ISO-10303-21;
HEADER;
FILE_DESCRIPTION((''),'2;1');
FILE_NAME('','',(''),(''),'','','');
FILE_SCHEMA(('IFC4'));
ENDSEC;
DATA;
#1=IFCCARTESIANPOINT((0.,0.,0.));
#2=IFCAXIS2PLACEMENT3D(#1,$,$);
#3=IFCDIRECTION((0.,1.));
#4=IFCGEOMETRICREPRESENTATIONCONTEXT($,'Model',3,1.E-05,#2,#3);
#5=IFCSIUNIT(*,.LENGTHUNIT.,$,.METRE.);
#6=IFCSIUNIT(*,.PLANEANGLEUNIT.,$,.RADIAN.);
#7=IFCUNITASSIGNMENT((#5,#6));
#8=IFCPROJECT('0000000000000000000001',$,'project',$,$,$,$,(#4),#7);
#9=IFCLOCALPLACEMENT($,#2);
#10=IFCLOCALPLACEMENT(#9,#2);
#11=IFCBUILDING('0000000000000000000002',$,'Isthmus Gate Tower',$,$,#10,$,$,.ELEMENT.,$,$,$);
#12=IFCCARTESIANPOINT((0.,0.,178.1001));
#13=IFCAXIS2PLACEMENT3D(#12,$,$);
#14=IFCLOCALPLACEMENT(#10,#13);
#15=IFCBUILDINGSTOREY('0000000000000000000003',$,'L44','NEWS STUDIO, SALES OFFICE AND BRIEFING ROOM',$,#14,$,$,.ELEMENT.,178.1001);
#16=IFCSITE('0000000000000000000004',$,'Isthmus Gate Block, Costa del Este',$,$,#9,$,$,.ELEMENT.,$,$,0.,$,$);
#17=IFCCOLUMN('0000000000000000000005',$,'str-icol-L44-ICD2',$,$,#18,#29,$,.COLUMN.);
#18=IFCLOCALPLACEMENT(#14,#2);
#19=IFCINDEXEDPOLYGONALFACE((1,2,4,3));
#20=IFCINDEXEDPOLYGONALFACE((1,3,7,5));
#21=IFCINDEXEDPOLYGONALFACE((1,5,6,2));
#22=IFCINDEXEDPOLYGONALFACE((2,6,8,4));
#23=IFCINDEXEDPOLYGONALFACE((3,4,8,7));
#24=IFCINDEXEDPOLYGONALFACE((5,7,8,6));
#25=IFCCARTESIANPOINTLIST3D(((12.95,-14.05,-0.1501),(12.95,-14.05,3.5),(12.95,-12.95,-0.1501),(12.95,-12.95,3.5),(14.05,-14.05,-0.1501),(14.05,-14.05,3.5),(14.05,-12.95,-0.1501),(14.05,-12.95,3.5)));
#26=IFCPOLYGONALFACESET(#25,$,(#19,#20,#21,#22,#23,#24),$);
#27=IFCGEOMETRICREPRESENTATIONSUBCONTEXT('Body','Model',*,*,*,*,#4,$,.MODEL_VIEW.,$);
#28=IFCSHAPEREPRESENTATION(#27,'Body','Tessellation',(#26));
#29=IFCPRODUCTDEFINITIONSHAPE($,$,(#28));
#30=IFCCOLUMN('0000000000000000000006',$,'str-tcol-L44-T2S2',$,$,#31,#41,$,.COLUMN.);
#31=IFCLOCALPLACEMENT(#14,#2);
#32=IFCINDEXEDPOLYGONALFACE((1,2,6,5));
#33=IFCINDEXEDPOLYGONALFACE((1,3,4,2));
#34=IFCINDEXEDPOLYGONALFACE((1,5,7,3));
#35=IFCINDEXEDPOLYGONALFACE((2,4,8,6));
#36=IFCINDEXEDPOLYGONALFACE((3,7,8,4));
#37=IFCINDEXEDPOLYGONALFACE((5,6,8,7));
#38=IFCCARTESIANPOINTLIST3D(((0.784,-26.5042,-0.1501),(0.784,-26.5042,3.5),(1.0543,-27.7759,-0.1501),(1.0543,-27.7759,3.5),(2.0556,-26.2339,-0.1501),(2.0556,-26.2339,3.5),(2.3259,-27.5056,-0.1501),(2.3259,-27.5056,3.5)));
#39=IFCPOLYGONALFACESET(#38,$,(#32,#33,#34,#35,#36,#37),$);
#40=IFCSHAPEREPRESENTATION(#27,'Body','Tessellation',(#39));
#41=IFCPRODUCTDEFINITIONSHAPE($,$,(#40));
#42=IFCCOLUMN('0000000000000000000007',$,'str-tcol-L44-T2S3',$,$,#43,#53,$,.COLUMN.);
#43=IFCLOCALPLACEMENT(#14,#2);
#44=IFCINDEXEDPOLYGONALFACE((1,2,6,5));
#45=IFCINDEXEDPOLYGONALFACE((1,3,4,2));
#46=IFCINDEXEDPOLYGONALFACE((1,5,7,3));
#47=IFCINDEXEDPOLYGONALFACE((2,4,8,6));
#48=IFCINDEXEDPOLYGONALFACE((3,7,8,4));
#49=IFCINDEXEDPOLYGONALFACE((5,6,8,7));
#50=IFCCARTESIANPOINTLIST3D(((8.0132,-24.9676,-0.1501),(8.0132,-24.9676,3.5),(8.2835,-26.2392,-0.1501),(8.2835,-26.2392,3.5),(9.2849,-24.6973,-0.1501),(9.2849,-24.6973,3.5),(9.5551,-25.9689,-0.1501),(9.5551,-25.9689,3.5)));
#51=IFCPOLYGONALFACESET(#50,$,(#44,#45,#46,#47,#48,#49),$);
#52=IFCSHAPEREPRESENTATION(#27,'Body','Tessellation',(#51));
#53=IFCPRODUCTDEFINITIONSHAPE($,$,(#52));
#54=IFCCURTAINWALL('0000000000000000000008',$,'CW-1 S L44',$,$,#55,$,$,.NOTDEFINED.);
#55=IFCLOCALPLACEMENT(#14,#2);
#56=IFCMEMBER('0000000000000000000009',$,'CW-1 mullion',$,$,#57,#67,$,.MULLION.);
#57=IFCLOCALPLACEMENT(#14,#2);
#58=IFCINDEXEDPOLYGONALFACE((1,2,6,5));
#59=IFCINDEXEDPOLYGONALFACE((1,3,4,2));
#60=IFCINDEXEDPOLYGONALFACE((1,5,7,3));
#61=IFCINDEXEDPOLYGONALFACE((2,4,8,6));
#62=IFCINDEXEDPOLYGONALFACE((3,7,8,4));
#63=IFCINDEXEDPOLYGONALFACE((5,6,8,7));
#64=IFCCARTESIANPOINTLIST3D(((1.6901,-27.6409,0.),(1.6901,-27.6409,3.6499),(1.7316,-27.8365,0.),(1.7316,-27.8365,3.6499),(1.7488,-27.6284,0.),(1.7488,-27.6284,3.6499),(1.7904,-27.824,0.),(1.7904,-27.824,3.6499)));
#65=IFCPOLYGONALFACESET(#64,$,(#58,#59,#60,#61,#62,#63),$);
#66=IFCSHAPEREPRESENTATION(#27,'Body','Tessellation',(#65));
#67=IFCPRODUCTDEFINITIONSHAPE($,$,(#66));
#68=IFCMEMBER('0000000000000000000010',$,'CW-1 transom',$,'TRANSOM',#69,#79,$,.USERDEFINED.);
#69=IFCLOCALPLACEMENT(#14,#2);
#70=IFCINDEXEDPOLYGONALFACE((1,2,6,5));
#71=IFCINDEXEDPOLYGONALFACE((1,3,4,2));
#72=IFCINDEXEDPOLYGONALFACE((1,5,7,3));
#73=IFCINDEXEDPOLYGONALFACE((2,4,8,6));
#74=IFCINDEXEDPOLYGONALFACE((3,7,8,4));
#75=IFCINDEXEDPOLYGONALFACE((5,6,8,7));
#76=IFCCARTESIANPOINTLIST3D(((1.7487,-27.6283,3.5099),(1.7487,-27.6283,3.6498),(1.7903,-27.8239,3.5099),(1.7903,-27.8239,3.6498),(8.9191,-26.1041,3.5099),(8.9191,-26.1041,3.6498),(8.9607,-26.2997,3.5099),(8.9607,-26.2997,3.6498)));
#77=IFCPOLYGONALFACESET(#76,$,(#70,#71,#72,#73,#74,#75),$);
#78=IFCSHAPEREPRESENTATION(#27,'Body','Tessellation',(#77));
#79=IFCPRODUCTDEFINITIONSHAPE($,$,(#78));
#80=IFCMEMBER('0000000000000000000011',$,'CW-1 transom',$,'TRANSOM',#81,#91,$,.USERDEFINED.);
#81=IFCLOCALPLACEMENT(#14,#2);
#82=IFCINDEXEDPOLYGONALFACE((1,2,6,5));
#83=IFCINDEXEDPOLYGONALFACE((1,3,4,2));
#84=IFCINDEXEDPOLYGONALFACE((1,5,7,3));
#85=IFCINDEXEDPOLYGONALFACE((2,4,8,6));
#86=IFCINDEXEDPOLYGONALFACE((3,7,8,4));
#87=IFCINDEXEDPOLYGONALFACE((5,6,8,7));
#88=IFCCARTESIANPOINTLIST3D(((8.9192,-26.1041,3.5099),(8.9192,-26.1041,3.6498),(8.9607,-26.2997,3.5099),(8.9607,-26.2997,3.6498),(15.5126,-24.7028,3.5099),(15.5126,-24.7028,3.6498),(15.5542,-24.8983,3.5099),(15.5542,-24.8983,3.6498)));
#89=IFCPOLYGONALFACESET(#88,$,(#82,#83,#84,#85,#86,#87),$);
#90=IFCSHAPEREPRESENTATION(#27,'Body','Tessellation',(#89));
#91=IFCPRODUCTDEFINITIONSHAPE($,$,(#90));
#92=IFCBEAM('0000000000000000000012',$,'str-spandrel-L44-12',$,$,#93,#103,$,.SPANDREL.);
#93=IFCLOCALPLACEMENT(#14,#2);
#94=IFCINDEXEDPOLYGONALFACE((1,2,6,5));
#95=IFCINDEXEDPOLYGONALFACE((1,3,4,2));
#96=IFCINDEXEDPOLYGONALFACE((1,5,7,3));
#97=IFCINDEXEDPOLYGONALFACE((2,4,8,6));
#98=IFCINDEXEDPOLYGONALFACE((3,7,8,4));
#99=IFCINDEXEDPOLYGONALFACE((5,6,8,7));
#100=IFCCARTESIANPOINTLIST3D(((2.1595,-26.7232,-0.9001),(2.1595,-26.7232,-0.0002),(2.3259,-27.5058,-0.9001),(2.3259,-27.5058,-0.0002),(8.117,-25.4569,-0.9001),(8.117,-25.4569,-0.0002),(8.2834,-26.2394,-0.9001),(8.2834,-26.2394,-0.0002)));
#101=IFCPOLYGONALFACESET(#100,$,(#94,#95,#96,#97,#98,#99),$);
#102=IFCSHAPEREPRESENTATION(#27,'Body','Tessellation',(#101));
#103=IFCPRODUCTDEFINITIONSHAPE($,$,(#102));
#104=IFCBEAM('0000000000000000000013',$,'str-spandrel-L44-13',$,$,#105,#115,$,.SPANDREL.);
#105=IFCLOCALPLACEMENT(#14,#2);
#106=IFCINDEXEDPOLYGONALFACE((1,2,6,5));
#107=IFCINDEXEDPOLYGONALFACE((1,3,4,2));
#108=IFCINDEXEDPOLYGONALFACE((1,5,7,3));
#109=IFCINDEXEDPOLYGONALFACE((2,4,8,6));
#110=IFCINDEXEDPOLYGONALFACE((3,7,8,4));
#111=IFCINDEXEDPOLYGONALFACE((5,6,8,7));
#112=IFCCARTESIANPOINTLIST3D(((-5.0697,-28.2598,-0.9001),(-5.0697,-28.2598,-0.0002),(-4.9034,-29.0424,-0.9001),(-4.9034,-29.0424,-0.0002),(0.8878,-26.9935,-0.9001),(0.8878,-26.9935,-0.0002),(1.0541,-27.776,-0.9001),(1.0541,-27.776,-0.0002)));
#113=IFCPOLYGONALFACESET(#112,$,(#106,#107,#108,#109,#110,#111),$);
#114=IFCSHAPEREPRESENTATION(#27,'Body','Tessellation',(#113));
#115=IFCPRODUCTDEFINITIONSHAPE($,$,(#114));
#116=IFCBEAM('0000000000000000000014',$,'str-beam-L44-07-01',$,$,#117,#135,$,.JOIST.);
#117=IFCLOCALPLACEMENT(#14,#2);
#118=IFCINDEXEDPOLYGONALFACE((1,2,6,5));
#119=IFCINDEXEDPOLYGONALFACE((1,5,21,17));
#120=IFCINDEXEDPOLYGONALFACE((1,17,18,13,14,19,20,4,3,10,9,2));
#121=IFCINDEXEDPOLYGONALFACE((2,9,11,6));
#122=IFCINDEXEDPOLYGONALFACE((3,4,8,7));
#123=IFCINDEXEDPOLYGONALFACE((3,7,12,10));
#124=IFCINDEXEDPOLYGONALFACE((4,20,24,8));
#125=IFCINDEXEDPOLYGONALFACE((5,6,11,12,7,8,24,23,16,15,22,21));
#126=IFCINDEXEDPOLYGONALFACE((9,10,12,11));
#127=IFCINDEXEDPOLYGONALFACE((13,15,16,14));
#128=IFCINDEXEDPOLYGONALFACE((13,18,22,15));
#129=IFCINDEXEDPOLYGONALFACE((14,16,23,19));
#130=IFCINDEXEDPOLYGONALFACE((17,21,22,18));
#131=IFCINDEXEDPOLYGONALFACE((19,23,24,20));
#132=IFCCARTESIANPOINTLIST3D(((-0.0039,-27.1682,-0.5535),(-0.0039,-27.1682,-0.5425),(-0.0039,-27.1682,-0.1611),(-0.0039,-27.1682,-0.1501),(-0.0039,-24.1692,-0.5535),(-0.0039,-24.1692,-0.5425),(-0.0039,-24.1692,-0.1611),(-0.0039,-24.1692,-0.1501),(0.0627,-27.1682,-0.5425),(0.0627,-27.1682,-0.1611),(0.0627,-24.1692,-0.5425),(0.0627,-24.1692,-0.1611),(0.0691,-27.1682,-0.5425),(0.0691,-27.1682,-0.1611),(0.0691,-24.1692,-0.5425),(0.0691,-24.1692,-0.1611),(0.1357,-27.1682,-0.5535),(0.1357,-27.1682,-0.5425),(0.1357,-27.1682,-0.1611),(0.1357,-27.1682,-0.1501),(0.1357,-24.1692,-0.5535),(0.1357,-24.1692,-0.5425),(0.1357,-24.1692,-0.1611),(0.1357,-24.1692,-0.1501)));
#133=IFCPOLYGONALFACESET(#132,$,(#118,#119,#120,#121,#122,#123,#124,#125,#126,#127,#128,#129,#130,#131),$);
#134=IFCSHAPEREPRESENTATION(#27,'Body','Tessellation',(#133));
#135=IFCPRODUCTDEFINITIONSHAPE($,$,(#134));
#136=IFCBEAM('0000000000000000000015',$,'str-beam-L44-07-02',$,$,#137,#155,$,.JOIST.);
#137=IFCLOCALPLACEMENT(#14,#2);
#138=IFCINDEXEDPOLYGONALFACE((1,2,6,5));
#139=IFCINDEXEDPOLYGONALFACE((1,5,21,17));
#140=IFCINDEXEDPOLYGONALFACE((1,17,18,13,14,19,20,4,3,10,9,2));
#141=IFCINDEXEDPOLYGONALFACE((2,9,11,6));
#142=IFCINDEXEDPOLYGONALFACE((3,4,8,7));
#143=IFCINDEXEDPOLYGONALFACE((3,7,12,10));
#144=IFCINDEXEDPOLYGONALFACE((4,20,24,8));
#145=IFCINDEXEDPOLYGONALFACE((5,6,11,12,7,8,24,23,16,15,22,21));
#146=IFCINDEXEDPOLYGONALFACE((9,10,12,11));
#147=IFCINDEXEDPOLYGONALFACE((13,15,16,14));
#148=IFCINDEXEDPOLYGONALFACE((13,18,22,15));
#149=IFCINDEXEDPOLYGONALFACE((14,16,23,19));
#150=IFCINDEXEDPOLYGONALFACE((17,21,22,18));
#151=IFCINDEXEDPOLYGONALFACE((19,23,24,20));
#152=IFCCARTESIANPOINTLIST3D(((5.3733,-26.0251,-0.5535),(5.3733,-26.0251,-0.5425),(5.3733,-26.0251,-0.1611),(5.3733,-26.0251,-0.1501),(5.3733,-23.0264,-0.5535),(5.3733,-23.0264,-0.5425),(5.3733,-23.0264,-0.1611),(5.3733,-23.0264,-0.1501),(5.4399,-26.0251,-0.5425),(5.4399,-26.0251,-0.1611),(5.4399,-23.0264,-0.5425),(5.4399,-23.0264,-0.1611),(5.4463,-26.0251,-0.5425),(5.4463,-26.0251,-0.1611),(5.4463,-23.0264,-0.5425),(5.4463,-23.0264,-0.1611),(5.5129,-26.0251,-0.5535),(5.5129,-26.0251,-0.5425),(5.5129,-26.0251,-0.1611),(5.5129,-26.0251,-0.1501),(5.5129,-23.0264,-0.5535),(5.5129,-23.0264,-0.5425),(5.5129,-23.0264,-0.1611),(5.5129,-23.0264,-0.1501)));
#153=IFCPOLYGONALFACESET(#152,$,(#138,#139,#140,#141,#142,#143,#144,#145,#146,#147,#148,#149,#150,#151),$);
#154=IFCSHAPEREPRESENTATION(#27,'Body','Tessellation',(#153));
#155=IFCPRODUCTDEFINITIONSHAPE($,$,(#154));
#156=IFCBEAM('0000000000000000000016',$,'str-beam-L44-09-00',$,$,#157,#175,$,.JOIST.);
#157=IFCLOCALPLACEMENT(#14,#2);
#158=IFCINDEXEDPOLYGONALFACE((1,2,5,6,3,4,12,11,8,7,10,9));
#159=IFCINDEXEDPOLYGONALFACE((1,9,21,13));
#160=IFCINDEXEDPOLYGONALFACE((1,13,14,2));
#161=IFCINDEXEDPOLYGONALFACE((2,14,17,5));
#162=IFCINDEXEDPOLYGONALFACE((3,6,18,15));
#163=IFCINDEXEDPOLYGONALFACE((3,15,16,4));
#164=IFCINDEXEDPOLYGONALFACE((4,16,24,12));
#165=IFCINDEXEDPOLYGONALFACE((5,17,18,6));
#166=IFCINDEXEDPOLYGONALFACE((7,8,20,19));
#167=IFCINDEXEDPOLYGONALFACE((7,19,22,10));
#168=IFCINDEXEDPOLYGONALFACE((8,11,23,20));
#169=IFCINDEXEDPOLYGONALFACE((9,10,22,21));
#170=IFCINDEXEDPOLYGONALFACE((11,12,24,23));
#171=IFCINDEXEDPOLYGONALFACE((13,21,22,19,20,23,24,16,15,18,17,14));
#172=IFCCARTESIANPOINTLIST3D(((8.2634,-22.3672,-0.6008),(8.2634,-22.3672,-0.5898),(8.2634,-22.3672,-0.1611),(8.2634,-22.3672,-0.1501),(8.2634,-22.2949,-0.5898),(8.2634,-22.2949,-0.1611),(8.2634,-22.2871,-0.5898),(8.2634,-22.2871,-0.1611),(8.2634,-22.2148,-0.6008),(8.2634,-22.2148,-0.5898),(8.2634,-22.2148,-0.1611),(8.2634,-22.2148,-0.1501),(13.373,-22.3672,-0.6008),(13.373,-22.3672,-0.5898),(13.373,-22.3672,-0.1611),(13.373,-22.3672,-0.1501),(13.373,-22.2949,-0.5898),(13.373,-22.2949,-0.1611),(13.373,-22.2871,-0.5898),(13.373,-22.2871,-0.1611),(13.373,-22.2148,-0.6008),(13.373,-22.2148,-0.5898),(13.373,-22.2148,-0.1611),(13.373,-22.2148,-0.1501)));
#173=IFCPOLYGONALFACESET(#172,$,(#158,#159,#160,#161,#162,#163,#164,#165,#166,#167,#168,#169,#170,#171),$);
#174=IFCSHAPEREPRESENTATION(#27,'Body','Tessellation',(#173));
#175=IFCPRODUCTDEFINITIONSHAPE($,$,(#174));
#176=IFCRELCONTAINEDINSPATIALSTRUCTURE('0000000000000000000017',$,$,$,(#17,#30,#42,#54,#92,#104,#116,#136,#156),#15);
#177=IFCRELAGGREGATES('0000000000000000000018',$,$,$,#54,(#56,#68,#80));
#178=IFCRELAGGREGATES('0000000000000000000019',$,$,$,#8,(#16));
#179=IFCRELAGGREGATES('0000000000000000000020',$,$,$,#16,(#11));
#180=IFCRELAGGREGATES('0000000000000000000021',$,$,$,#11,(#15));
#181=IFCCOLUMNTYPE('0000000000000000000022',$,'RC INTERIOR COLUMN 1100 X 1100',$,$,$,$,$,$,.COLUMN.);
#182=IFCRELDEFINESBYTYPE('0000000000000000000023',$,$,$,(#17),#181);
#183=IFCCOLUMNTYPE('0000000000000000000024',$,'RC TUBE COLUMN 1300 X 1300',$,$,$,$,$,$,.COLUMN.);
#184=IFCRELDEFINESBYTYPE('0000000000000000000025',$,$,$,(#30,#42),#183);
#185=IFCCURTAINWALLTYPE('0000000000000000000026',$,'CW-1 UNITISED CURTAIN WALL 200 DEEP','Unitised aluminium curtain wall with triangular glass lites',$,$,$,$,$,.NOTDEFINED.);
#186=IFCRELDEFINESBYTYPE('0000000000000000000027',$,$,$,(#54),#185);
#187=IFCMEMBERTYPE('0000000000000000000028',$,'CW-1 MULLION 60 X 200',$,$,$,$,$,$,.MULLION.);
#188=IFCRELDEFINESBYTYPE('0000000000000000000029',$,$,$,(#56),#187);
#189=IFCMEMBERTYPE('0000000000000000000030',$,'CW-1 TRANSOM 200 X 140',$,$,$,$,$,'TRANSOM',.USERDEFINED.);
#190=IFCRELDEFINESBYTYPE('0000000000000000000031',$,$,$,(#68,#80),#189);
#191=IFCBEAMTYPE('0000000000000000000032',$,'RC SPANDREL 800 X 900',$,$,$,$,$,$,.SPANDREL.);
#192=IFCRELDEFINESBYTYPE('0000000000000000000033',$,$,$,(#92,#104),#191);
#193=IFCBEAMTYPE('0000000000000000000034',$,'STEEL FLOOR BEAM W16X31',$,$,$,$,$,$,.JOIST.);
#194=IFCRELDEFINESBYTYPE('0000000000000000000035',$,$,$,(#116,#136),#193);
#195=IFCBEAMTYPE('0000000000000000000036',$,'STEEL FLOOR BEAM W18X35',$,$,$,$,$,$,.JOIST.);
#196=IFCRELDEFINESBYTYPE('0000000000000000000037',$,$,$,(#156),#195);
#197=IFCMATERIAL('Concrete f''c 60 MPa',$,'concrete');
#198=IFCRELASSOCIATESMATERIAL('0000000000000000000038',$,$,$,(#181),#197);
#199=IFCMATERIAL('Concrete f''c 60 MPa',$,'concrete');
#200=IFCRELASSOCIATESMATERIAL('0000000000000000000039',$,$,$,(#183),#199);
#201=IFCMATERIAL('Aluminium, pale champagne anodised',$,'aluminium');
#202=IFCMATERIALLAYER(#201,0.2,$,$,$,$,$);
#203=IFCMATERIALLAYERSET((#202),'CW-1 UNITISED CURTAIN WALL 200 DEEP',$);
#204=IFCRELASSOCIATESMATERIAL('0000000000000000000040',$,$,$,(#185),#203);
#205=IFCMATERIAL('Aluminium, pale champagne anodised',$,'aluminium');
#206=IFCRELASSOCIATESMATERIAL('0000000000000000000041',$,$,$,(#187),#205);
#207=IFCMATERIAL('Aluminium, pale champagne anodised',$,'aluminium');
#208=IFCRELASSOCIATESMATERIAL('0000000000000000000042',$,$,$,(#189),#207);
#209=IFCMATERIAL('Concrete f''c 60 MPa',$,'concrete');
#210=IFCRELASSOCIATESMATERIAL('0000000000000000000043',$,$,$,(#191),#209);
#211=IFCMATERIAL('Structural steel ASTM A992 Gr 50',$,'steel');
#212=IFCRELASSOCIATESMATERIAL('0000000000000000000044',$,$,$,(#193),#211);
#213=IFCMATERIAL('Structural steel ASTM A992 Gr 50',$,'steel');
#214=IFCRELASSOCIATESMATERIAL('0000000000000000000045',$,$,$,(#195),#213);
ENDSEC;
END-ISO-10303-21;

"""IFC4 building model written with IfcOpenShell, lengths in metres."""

from ifc_helpers import new_model, si_unit, direction, frame, origin, origin_2d, place, context, subcontext, project, spatial, rectangle, i_section, extrude, material, layer, layer_set, material_profile, profile_set, type_object, element, aggregate, save


model = new_model("IFC4")

# Units and contexts
model_context = context("Model", 3, precision=1e-05, world=origin(), true_north=direction((0.0, 1.0)))
body_context = subcontext(model_context, "Body", "Model", "MODEL_VIEW")
ifc_project = project(units=[si_unit("LENGTHUNIT", "METRE"), si_unit("PLANEANGLEUNIT", "RADIAN")], contexts=[model_context])

# Site, building, storey
site_placement = place(None, origin())
site = spatial("IfcSite", under=ifc_project, at=site_placement, Name="Isthmus Gate Block, Costa del Este", CompositionType="ELEMENT", RefElevation=0.0)
building_placement = place(site_placement, origin())
building = spatial("IfcBuilding", under=site, at=building_placement, Name="Isthmus Gate Tower", CompositionType="ELEMENT")
storey_placement = place(building_placement, frame((0.0, 0.0, 178.1001)))
storey = spatial("IfcBuildingStorey", under=building, at=storey_placement, Name="L44", Description="NEWS STUDIO, SALES OFFICE AND BRIEFING ROOM", CompositionType="ELEMENT", Elevation=178.1001)

# Columns
ifc_material_1 = material(Name="Concrete f'c 60 MPa", Category="concrete")
ifc_material_profile_1 = material_profile(ifc_material_1, rectangle(XDim=1.1001, YDim=1.1001, at=origin_2d()), Name="RC 1100X1100")
ifc_profile_set_1 = profile_set([ifc_material_profile_1], Name="Concrete f'c 60 MPa")
column_type_1 = type_object("IfcColumnType", Name="RC INTERIOR COLUMN 1100 X 1100", PredefinedType="COLUMN", material=ifc_profile_set_1)
column_placement = place(storey_placement, frame((13.5, -13.5, -0.1501), z_axis=(0.0, 0.0, 1.0), x_axis=(1.0, 0.0, 0.0)))
element("IfcColumn", 1, at=column_placement, inside=storey, type_object=column_type_1, Name="str-icol-L44-ICD2", PredefinedType="COLUMN", context=body_context, shape_type="SweptSolid", body=[
    extrude(rectangle(XDim=1.1001, YDim=1.1001, at=origin_2d()), origin(), (0.0, 0.0, 1.0), 3.6501),
])
ifc_material_2 = material(Name="Concrete f'c 60 MPa", Category="concrete")
ifc_material_profile_2 = material_profile(ifc_material_2, rectangle(XDim=1.3, YDim=1.3, at=origin_2d()), Name="RC 1300X1300")
ifc_profile_set_2 = profile_set([ifc_material_profile_2], Name="Concrete f'c 60 MPa")
column_type_2 = type_object("IfcColumnType", Name="RC TUBE COLUMN 1300 X 1300", PredefinedType="COLUMN", material=ifc_profile_set_2)
for number, where, z_axis, x_axis, name in (
    (2, (1.5549, -27.0049, -0.1501), (0.0, 0.0, 1.0), (0.978148, 0.207912, 0.0), "str-tcol-L44-T2S2"),
    (3, (8.7842, -25.4683, -0.1501), (0.0, 0.0, 1.0), (0.978148, 0.207912, 0.0), "str-tcol-L44-T2S3"),
):
    element("IfcColumn", number, at=place(storey_placement, frame(where, z_axis=z_axis, x_axis=x_axis)), inside=storey, type_object=column_type_2, Name=name, PredefinedType="COLUMN", context=body_context, shape_type="SweptSolid", body=[
        extrude(rectangle(XDim=1.3, YDim=1.3, at=origin_2d()), origin(), (0.0, 0.0, 1.0), 3.6501),
    ])

# Curtain wall, members
ifc_material_3 = material(Name="Aluminium, pale champagne anodised", Category="aluminium")
ifc_layer_1 = layer(ifc_material_3, 0.2)
ifc_layer_set_1 = layer_set([ifc_layer_1], Name="CW-1 UNITISED CURTAIN WALL 200 DEEP")
curtain_wall_type = type_object("IfcCurtainWallType", Name="CW-1 UNITISED CURTAIN WALL 200 DEEP", Description="Unitised aluminium curtain wall with triangular glass lites", PredefinedType="NOTDEFINED", material=ifc_layer_set_1)
curtain_wall_placement = place(storey_placement, origin())
curtain_wall = element("IfcCurtainWall", 4, at=curtain_wall_placement, inside=storey, type_object=curtain_wall_type, Name="CW-1 S L44", PredefinedType="NOTDEFINED")
ifc_material_4 = material(Name="Aluminium, pale champagne anodised", Category="aluminium")
ifc_material_profile_3 = material_profile(ifc_material_4, rectangle(XDim=0.0601, YDim=0.2, at=origin_2d()), Name="60x200")
ifc_profile_set_3 = profile_set([ifc_material_profile_3], Name="Aluminium, pale champagne anodised")
member_type_1 = type_object("IfcMemberType", Name="CW-1 MULLION 60 X 200", PredefinedType="MULLION", material=ifc_profile_set_3)
member_1_placement = place(storey_placement, frame((1.7402, -27.7324, 0.0), z_axis=(0.0, 0.0, 1.0), x_axis=(0.978148, 0.207912, 0.0)))
member_1 = element("IfcMember", 5, at=member_1_placement, type_object=member_type_1, Name="CW-1 mullion", PredefinedType="MULLION", context=body_context, shape_type="SweptSolid", body=[
    extrude(rectangle(XDim=0.0601, YDim=0.2, at=origin_2d()), origin(), (0.0, 0.0, 1.0), 3.6499),
])
ifc_material_5 = material(Name="Aluminium, pale champagne anodised", Category="aluminium")
ifc_material_profile_4 = material_profile(ifc_material_5, rectangle(XDim=0.2, YDim=0.1399, at=origin_2d()), Name="200x140")
ifc_profile_set_4 = profile_set([ifc_material_profile_4], Name="Aluminium, pale champagne anodised")
member_type_2 = type_object("IfcMemberType", Name="CW-1 TRANSOM 200 X 140", ElementType="TRANSOM", PredefinedType="USERDEFINED", material=ifc_profile_set_4)
member_2_placement = place(storey_placement, frame((1.7695, -27.7261, 3.5798), z_axis=(0.978146, 0.207919, 0.0), x_axis=(-0.207919, 0.978146, 0.0)))
member_2 = element("IfcMember", 6, at=member_2_placement, type_object=member_type_2, Name="CW-1 transom", ObjectType="TRANSOM", PredefinedType="USERDEFINED", context=body_context, shape_type="SweptSolid", body=[
    extrude(rectangle(XDim=0.2, YDim=0.1399, at=origin_2d()), origin(), (0.0, 0.0, 1.0), 7.3306),
])
member_3_placement = place(storey_placement, frame((8.9399, -26.2019, 3.5798), z_axis=(0.978151, 0.207894, 0.0), x_axis=(-0.207894, 0.978151, 0.0)))
member_3 = element("IfcMember", 7, at=member_3_placement, type_object=member_type_2, Name="CW-1 transom", ObjectType="TRANSOM", PredefinedType="USERDEFINED", context=body_context, shape_type="SweptSolid", body=[
    extrude(rectangle(XDim=0.2, YDim=0.1399, at=origin_2d()), origin(), (0.0, 0.0, 1.0), 6.7407),
])

# Beams
ifc_material_6 = material(Name="Concrete f'c 60 MPa", Category="concrete")
ifc_material_profile_5 = material_profile(ifc_material_6, rectangle(XDim=0.8, YDim=0.8999, at=origin_2d()), Name="RC 800X900")
ifc_profile_set_5 = profile_set([ifc_material_profile_5], Name="Concrete f'c 60 MPa")
beam_type_1 = type_object("IfcBeamType", Name="RC SPANDREL 800 X 900", PredefinedType="SPANDREL", material=ifc_profile_set_5)
for number, where, z_axis, x_axis, name in (
    (8, (8.2002, -25.8481, -0.4502), (-0.978146, -0.207919, 0.0), (0.207919, -0.978146, 0.0), "str-spandrel-L44-12"),
    (9, (0.9709, -27.3848, -0.4502), (-0.978146, -0.207919, 0.0), (0.207919, -0.978146, 0.0), "str-spandrel-L44-13"),
):
    element("IfcBeam", number, at=place(storey_placement, frame(where, z_axis=z_axis, x_axis=x_axis)), inside=storey, type_object=beam_type_1, Name=name, PredefinedType="SPANDREL", context=body_context, shape_type="SweptSolid", body=[
        extrude(rectangle(XDim=0.8, YDim=0.8999, at=origin_2d()), origin(), (0.0, 0.0, 1.0), 6.0906),
    ])
ifc_material_7 = material(Name="Structural steel ASTM A992 Gr 50", Category="steel")
ifc_material_profile_6 = material_profile(ifc_material_7, i_section(OverallWidth=0.1396, OverallDepth=0.4033, WebThickness=0.0063, FlangeThickness=0.011, at=origin_2d()), Name="W16X31")
ifc_profile_set_6 = profile_set([ifc_material_profile_6], Name="Structural steel ASTM A992 Gr 50")
beam_type_2 = type_object("IfcBeamType", Name="STEEL FLOOR BEAM W16X31", PredefinedType="JOIST", material=ifc_profile_set_6)
beam_1_placement = place(storey_placement, frame((0.0659, -27.1682, -0.3518), z_axis=(0.0, 1.0, 0.0), x_axis=(-1.0, 0.0, 0.0)))
element("IfcBeam", 10, at=beam_1_placement, inside=storey, type_object=beam_type_2, Name="str-beam-L44-07-01", PredefinedType="JOIST", context=body_context, shape_type="SweptSolid", body=[
    extrude(i_section(OverallWidth=0.1396, OverallDepth=0.4033, WebThickness=0.0063, FlangeThickness=0.011, at=origin_2d()), origin(), (0.0, 0.0, 1.0), 2.999),
])
beam_2_placement = place(storey_placement, frame((5.4431, -26.0251, -0.3518), z_axis=(0.0, 1.0, 0.0), x_axis=(-1.0, 0.0, 0.0)))
element("IfcBeam", 11, at=beam_2_placement, inside=storey, type_object=beam_type_2, Name="str-beam-L44-07-02", PredefinedType="JOIST", context=body_context, shape_type="SweptSolid", body=[
    extrude(i_section(OverallWidth=0.1396, OverallDepth=0.4033, WebThickness=0.0063, FlangeThickness=0.011, at=origin_2d()), origin(), (0.0, 0.0, 1.0), 2.9988),
])
ifc_material_8 = material(Name="Structural steel ASTM A992 Gr 50", Category="steel")
ifc_material_profile_7 = material_profile(ifc_material_8, i_section(OverallWidth=0.1523, OverallDepth=0.4507, WebThickness=0.0078, FlangeThickness=0.011, at=origin_2d()), Name="W18X35")
ifc_profile_set_7 = profile_set([ifc_material_profile_7], Name="Structural steel ASTM A992 Gr 50")
beam_type_3 = type_object("IfcBeamType", Name="STEEL FLOOR BEAM W18X35", PredefinedType="JOIST", material=ifc_profile_set_7)
for number, where, z_axis, x_axis, name in (
    (12, (8.2634, -22.291, -0.3755), (1.0, 0.0, 0.0), (0.0, 1.0, 0.0), "str-beam-L44-09-00"),
):
    element("IfcBeam", number, at=place(storey_placement, frame(where, z_axis=z_axis, x_axis=x_axis)), inside=storey, type_object=beam_type_3, Name=name, PredefinedType="JOIST", context=body_context, shape_type="SweptSolid", body=[
        extrude(i_section(OverallWidth=0.1523, OverallDepth=0.4507, WebThickness=0.0078, FlangeThickness=0.011, at=origin_2d()), origin(), (0.0, 0.0, 1.0), 5.1096),
    ])

aggregate(curtain_wall, [member_1, member_2, member_3])

save(model, "model.ifc")
